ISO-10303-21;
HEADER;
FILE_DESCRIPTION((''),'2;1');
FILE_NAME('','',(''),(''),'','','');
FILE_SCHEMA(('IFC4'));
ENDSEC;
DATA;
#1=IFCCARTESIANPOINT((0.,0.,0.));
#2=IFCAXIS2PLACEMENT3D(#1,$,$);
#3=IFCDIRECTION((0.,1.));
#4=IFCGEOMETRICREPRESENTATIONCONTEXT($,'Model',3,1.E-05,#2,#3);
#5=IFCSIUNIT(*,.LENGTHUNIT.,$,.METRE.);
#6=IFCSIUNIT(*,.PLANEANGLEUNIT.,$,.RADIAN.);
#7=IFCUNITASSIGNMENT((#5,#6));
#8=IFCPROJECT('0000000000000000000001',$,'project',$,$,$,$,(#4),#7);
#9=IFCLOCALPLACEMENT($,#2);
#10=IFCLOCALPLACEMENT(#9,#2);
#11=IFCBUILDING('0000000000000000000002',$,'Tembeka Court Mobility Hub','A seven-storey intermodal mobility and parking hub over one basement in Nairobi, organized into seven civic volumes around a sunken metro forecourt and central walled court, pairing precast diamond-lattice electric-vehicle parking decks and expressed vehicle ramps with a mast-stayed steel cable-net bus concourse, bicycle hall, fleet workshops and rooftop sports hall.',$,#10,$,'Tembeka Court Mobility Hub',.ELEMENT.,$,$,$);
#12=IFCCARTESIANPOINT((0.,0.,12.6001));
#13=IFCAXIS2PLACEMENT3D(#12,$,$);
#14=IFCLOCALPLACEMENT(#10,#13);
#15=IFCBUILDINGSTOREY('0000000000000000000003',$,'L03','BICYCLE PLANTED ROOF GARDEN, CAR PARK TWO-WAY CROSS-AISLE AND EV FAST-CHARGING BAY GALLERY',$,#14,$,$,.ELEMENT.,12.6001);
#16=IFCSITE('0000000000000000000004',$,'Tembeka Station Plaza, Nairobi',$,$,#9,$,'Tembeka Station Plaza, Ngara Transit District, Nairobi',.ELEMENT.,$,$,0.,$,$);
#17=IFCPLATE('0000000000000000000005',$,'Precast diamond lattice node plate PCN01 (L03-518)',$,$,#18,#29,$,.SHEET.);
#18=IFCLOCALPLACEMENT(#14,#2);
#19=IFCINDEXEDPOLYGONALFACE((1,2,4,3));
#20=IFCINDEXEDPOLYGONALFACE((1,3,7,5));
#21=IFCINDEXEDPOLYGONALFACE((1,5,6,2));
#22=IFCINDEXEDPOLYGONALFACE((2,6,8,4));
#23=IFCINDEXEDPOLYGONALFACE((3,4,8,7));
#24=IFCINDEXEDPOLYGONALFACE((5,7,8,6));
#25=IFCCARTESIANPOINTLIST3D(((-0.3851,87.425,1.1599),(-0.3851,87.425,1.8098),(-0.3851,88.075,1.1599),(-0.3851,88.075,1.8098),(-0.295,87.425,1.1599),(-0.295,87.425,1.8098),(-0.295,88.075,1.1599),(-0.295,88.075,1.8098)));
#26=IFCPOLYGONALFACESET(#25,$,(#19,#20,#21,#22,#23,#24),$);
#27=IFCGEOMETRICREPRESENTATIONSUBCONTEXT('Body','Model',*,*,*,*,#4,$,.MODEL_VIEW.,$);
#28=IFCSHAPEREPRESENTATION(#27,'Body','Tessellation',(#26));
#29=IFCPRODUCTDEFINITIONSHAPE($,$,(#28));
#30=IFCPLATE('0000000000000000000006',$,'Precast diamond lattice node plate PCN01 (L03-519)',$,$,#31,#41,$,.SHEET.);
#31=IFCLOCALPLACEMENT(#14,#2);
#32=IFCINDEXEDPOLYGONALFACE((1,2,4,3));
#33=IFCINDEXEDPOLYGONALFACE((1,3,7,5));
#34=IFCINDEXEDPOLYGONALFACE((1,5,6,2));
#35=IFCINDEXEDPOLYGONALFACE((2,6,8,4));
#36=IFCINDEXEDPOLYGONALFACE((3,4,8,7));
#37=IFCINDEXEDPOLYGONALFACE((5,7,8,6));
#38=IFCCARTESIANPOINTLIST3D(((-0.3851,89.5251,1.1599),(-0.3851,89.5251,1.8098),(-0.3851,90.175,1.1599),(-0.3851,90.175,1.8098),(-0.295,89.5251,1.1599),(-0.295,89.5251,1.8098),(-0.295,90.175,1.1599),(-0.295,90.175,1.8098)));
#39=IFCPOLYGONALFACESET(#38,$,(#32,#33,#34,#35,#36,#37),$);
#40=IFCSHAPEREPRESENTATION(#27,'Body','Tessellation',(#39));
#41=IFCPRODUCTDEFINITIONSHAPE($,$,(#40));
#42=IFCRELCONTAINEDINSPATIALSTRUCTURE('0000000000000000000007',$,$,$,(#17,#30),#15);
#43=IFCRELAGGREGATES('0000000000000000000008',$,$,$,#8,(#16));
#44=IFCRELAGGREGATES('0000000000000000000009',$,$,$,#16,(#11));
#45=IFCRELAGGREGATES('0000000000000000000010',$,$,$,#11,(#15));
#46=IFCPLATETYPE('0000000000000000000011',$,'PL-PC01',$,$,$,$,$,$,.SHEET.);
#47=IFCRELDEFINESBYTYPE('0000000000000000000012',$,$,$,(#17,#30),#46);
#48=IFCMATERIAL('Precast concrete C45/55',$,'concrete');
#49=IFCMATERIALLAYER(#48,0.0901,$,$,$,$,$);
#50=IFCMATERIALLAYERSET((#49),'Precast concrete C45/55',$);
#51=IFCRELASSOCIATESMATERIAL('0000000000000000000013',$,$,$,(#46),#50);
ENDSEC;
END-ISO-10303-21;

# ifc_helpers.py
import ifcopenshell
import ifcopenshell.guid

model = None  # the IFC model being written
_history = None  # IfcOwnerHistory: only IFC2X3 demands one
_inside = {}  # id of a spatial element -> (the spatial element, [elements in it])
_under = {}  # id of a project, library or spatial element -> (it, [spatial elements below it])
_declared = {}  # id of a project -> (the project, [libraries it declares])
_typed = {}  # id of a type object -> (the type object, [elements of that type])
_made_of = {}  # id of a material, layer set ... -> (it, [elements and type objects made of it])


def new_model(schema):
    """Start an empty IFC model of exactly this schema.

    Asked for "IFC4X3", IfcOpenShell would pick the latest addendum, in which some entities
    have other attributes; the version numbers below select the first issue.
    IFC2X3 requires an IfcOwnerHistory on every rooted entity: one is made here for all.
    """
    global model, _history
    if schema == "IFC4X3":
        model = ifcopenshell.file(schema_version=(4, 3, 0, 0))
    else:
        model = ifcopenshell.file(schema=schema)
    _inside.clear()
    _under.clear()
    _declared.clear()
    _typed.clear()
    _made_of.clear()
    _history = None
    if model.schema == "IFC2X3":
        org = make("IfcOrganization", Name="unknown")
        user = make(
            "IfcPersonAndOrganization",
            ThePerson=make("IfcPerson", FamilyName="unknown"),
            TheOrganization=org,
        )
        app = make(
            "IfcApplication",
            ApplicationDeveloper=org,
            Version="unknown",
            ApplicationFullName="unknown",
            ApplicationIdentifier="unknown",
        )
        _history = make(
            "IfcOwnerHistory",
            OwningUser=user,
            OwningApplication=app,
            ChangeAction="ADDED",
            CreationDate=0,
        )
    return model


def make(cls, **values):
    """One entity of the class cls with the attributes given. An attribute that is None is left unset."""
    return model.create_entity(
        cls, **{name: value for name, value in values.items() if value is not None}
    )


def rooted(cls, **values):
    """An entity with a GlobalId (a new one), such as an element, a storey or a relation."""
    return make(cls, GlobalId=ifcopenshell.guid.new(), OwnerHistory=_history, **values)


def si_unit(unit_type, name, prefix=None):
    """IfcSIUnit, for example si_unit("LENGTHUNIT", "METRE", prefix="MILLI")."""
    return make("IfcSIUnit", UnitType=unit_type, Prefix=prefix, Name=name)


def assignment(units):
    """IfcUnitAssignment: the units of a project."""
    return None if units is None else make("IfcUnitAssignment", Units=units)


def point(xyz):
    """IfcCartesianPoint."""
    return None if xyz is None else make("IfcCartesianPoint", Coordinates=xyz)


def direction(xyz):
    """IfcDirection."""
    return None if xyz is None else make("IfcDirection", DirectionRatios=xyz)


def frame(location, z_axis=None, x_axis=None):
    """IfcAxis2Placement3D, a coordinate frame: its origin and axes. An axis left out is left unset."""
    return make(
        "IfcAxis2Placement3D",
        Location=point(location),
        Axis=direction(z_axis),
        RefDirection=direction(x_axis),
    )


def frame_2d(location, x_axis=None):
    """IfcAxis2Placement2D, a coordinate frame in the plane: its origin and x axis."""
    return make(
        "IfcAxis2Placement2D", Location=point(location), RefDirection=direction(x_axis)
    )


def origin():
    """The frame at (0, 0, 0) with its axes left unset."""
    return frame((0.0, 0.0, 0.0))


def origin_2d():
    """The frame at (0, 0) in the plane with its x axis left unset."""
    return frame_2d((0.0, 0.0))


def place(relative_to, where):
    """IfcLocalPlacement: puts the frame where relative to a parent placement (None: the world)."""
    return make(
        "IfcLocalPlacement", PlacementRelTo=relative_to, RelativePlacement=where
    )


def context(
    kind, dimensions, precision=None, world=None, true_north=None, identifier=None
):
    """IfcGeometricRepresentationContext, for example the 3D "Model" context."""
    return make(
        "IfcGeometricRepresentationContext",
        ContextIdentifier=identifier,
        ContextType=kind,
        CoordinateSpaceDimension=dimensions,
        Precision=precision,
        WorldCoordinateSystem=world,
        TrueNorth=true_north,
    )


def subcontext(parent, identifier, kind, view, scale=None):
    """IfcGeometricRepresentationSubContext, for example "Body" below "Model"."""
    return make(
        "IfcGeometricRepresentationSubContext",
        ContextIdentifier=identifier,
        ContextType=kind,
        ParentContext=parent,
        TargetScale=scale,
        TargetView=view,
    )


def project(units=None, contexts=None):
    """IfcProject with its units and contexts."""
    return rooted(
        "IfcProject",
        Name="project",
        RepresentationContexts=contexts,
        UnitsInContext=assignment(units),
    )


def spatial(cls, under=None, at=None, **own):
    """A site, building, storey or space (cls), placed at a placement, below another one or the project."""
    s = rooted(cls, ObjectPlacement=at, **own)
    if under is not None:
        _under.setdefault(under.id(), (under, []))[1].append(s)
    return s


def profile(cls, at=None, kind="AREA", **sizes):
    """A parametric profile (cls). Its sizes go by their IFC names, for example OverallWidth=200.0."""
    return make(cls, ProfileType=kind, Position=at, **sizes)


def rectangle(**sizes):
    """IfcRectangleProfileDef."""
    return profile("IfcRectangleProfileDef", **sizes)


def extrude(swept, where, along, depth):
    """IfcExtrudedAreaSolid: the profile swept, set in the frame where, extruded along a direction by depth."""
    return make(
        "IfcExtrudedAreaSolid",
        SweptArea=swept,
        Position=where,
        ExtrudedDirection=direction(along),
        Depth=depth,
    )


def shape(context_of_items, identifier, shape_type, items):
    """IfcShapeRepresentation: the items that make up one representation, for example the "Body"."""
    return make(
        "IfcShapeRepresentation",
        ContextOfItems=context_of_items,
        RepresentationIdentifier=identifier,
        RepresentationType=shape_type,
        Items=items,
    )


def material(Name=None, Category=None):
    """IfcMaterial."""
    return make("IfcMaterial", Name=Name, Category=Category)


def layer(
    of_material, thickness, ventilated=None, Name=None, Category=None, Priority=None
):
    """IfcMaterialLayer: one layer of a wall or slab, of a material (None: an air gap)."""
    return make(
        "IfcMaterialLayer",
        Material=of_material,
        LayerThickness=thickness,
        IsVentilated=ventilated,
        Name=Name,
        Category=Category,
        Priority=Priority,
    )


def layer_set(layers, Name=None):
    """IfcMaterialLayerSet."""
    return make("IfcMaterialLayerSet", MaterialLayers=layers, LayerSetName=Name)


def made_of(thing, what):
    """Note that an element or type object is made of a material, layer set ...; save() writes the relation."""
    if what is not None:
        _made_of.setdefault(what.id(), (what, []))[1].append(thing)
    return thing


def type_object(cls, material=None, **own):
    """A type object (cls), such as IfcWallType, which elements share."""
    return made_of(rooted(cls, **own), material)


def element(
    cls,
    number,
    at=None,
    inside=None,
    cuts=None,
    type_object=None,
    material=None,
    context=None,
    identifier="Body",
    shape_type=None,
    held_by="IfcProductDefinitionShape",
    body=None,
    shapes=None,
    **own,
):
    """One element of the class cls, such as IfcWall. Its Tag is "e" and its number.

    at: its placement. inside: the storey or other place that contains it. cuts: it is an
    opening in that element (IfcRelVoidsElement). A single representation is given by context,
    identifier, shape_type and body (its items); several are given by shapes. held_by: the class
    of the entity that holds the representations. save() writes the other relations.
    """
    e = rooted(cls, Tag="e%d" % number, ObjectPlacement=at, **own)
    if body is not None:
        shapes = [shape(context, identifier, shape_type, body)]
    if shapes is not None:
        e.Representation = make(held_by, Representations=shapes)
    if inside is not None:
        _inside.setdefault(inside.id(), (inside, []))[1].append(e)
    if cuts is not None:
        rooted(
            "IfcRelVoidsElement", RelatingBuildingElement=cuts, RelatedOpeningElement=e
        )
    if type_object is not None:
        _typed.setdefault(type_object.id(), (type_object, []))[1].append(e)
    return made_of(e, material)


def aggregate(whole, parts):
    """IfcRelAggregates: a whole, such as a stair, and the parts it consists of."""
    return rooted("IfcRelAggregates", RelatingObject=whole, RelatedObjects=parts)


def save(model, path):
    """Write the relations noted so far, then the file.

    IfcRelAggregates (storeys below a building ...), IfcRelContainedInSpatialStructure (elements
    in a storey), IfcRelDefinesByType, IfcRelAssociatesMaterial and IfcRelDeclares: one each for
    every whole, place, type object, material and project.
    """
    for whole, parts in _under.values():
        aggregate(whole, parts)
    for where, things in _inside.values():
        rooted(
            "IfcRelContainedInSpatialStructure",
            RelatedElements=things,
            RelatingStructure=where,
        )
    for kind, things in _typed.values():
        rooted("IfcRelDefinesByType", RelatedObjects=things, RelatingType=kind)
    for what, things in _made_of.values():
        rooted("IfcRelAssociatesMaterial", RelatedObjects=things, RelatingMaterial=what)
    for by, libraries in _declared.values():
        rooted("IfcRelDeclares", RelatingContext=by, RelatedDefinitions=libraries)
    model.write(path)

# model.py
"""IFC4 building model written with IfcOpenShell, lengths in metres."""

from ifc_helpers import new_model, si_unit, direction, frame, origin, origin_2d, place, context, subcontext, project, spatial, rectangle, extrude, material, layer, layer_set, type_object, element, save


model = new_model("IFC4")

# Units and contexts
model_context = context("Model", 3, precision=1e-05, world=origin(), true_north=direction((0.0, 1.0)))
body_context = subcontext(model_context, "Body", "Model", "MODEL_VIEW")
ifc_project = project(units=[si_unit("LENGTHUNIT", "METRE"), si_unit("PLANEANGLEUNIT", "RADIAN")], contexts=[model_context])

# Site, building, storey
site_placement = place(None, origin())
site = spatial("IfcSite", under=ifc_project, at=site_placement, Name="Tembeka Station Plaza, Nairobi", LongName="Tembeka Station Plaza, Ngara Transit District, Nairobi", CompositionType="ELEMENT", RefElevation=0.0)
building_placement = place(site_placement, origin())
building = spatial("IfcBuilding", under=site, at=building_placement, Name="Tembeka Court Mobility Hub", Description="A seven-storey intermodal mobility and parking hub over one basement in Nairobi, organized into seven civic volumes around a sunken metro forecourt and central walled court, pairing precast diamond-lattice electric-vehicle parking decks and expressed vehicle ramps with a mast-stayed steel cable-net bus concourse, bicycle hall, fleet workshops and rooftop sports hall.", LongName="Tembeka Court Mobility Hub", CompositionType="ELEMENT")
storey_placement = place(building_placement, frame((0.0, 0.0, 12.6001)))
storey = spatial("IfcBuildingStorey", under=building, at=storey_placement, Name="L03", Description="BICYCLE PLANTED ROOF GARDEN, CAR PARK TWO-WAY CROSS-AISLE AND EV FAST-CHARGING BAY GALLERY", CompositionType="ELEMENT", Elevation=12.6001)

# Shared definitions
ifc_material_1 = material(Name="Precast concrete C45/55", Category="concrete")

# Plates
ifc_layer = layer(ifc_material_1, 0.0901)
ifc_layer_set = layer_set([ifc_layer], Name="Precast concrete C45/55")
plate_type = type_object("IfcPlateType", Name="PL-PC01", PredefinedType="SHEET", material=ifc_layer_set)
for number, where, z_axis, x_axis, name in (
    (1, (-0.3401, 87.75, 1.1599), (0.0, 0.0, 1.0), (1.0, 0.0, 0.0), "Precast diamond lattice node plate PCN01 (L03-518)"),
    (2, (-0.3401, 89.8501, 1.1599), (0.0, 0.0, 1.0), (1.0, 0.0, 0.0), "Precast diamond lattice node plate PCN01 (L03-519)"),
):
    element("IfcPlate", number, at=place(storey_placement, frame(where, z_axis=z_axis, x_axis=x_axis)), inside=storey, type_object=plate_type, Name=name, PredefinedType="SHEET", context=body_context, shape_type="SweptSolid", body=[
        extrude(rectangle(XDim=0.0901, YDim=0.6499, at=origin_2d()), origin(), (0.0, 0.0, 1.0), 0.6499),
    ])

save(model, "model.ifc")
